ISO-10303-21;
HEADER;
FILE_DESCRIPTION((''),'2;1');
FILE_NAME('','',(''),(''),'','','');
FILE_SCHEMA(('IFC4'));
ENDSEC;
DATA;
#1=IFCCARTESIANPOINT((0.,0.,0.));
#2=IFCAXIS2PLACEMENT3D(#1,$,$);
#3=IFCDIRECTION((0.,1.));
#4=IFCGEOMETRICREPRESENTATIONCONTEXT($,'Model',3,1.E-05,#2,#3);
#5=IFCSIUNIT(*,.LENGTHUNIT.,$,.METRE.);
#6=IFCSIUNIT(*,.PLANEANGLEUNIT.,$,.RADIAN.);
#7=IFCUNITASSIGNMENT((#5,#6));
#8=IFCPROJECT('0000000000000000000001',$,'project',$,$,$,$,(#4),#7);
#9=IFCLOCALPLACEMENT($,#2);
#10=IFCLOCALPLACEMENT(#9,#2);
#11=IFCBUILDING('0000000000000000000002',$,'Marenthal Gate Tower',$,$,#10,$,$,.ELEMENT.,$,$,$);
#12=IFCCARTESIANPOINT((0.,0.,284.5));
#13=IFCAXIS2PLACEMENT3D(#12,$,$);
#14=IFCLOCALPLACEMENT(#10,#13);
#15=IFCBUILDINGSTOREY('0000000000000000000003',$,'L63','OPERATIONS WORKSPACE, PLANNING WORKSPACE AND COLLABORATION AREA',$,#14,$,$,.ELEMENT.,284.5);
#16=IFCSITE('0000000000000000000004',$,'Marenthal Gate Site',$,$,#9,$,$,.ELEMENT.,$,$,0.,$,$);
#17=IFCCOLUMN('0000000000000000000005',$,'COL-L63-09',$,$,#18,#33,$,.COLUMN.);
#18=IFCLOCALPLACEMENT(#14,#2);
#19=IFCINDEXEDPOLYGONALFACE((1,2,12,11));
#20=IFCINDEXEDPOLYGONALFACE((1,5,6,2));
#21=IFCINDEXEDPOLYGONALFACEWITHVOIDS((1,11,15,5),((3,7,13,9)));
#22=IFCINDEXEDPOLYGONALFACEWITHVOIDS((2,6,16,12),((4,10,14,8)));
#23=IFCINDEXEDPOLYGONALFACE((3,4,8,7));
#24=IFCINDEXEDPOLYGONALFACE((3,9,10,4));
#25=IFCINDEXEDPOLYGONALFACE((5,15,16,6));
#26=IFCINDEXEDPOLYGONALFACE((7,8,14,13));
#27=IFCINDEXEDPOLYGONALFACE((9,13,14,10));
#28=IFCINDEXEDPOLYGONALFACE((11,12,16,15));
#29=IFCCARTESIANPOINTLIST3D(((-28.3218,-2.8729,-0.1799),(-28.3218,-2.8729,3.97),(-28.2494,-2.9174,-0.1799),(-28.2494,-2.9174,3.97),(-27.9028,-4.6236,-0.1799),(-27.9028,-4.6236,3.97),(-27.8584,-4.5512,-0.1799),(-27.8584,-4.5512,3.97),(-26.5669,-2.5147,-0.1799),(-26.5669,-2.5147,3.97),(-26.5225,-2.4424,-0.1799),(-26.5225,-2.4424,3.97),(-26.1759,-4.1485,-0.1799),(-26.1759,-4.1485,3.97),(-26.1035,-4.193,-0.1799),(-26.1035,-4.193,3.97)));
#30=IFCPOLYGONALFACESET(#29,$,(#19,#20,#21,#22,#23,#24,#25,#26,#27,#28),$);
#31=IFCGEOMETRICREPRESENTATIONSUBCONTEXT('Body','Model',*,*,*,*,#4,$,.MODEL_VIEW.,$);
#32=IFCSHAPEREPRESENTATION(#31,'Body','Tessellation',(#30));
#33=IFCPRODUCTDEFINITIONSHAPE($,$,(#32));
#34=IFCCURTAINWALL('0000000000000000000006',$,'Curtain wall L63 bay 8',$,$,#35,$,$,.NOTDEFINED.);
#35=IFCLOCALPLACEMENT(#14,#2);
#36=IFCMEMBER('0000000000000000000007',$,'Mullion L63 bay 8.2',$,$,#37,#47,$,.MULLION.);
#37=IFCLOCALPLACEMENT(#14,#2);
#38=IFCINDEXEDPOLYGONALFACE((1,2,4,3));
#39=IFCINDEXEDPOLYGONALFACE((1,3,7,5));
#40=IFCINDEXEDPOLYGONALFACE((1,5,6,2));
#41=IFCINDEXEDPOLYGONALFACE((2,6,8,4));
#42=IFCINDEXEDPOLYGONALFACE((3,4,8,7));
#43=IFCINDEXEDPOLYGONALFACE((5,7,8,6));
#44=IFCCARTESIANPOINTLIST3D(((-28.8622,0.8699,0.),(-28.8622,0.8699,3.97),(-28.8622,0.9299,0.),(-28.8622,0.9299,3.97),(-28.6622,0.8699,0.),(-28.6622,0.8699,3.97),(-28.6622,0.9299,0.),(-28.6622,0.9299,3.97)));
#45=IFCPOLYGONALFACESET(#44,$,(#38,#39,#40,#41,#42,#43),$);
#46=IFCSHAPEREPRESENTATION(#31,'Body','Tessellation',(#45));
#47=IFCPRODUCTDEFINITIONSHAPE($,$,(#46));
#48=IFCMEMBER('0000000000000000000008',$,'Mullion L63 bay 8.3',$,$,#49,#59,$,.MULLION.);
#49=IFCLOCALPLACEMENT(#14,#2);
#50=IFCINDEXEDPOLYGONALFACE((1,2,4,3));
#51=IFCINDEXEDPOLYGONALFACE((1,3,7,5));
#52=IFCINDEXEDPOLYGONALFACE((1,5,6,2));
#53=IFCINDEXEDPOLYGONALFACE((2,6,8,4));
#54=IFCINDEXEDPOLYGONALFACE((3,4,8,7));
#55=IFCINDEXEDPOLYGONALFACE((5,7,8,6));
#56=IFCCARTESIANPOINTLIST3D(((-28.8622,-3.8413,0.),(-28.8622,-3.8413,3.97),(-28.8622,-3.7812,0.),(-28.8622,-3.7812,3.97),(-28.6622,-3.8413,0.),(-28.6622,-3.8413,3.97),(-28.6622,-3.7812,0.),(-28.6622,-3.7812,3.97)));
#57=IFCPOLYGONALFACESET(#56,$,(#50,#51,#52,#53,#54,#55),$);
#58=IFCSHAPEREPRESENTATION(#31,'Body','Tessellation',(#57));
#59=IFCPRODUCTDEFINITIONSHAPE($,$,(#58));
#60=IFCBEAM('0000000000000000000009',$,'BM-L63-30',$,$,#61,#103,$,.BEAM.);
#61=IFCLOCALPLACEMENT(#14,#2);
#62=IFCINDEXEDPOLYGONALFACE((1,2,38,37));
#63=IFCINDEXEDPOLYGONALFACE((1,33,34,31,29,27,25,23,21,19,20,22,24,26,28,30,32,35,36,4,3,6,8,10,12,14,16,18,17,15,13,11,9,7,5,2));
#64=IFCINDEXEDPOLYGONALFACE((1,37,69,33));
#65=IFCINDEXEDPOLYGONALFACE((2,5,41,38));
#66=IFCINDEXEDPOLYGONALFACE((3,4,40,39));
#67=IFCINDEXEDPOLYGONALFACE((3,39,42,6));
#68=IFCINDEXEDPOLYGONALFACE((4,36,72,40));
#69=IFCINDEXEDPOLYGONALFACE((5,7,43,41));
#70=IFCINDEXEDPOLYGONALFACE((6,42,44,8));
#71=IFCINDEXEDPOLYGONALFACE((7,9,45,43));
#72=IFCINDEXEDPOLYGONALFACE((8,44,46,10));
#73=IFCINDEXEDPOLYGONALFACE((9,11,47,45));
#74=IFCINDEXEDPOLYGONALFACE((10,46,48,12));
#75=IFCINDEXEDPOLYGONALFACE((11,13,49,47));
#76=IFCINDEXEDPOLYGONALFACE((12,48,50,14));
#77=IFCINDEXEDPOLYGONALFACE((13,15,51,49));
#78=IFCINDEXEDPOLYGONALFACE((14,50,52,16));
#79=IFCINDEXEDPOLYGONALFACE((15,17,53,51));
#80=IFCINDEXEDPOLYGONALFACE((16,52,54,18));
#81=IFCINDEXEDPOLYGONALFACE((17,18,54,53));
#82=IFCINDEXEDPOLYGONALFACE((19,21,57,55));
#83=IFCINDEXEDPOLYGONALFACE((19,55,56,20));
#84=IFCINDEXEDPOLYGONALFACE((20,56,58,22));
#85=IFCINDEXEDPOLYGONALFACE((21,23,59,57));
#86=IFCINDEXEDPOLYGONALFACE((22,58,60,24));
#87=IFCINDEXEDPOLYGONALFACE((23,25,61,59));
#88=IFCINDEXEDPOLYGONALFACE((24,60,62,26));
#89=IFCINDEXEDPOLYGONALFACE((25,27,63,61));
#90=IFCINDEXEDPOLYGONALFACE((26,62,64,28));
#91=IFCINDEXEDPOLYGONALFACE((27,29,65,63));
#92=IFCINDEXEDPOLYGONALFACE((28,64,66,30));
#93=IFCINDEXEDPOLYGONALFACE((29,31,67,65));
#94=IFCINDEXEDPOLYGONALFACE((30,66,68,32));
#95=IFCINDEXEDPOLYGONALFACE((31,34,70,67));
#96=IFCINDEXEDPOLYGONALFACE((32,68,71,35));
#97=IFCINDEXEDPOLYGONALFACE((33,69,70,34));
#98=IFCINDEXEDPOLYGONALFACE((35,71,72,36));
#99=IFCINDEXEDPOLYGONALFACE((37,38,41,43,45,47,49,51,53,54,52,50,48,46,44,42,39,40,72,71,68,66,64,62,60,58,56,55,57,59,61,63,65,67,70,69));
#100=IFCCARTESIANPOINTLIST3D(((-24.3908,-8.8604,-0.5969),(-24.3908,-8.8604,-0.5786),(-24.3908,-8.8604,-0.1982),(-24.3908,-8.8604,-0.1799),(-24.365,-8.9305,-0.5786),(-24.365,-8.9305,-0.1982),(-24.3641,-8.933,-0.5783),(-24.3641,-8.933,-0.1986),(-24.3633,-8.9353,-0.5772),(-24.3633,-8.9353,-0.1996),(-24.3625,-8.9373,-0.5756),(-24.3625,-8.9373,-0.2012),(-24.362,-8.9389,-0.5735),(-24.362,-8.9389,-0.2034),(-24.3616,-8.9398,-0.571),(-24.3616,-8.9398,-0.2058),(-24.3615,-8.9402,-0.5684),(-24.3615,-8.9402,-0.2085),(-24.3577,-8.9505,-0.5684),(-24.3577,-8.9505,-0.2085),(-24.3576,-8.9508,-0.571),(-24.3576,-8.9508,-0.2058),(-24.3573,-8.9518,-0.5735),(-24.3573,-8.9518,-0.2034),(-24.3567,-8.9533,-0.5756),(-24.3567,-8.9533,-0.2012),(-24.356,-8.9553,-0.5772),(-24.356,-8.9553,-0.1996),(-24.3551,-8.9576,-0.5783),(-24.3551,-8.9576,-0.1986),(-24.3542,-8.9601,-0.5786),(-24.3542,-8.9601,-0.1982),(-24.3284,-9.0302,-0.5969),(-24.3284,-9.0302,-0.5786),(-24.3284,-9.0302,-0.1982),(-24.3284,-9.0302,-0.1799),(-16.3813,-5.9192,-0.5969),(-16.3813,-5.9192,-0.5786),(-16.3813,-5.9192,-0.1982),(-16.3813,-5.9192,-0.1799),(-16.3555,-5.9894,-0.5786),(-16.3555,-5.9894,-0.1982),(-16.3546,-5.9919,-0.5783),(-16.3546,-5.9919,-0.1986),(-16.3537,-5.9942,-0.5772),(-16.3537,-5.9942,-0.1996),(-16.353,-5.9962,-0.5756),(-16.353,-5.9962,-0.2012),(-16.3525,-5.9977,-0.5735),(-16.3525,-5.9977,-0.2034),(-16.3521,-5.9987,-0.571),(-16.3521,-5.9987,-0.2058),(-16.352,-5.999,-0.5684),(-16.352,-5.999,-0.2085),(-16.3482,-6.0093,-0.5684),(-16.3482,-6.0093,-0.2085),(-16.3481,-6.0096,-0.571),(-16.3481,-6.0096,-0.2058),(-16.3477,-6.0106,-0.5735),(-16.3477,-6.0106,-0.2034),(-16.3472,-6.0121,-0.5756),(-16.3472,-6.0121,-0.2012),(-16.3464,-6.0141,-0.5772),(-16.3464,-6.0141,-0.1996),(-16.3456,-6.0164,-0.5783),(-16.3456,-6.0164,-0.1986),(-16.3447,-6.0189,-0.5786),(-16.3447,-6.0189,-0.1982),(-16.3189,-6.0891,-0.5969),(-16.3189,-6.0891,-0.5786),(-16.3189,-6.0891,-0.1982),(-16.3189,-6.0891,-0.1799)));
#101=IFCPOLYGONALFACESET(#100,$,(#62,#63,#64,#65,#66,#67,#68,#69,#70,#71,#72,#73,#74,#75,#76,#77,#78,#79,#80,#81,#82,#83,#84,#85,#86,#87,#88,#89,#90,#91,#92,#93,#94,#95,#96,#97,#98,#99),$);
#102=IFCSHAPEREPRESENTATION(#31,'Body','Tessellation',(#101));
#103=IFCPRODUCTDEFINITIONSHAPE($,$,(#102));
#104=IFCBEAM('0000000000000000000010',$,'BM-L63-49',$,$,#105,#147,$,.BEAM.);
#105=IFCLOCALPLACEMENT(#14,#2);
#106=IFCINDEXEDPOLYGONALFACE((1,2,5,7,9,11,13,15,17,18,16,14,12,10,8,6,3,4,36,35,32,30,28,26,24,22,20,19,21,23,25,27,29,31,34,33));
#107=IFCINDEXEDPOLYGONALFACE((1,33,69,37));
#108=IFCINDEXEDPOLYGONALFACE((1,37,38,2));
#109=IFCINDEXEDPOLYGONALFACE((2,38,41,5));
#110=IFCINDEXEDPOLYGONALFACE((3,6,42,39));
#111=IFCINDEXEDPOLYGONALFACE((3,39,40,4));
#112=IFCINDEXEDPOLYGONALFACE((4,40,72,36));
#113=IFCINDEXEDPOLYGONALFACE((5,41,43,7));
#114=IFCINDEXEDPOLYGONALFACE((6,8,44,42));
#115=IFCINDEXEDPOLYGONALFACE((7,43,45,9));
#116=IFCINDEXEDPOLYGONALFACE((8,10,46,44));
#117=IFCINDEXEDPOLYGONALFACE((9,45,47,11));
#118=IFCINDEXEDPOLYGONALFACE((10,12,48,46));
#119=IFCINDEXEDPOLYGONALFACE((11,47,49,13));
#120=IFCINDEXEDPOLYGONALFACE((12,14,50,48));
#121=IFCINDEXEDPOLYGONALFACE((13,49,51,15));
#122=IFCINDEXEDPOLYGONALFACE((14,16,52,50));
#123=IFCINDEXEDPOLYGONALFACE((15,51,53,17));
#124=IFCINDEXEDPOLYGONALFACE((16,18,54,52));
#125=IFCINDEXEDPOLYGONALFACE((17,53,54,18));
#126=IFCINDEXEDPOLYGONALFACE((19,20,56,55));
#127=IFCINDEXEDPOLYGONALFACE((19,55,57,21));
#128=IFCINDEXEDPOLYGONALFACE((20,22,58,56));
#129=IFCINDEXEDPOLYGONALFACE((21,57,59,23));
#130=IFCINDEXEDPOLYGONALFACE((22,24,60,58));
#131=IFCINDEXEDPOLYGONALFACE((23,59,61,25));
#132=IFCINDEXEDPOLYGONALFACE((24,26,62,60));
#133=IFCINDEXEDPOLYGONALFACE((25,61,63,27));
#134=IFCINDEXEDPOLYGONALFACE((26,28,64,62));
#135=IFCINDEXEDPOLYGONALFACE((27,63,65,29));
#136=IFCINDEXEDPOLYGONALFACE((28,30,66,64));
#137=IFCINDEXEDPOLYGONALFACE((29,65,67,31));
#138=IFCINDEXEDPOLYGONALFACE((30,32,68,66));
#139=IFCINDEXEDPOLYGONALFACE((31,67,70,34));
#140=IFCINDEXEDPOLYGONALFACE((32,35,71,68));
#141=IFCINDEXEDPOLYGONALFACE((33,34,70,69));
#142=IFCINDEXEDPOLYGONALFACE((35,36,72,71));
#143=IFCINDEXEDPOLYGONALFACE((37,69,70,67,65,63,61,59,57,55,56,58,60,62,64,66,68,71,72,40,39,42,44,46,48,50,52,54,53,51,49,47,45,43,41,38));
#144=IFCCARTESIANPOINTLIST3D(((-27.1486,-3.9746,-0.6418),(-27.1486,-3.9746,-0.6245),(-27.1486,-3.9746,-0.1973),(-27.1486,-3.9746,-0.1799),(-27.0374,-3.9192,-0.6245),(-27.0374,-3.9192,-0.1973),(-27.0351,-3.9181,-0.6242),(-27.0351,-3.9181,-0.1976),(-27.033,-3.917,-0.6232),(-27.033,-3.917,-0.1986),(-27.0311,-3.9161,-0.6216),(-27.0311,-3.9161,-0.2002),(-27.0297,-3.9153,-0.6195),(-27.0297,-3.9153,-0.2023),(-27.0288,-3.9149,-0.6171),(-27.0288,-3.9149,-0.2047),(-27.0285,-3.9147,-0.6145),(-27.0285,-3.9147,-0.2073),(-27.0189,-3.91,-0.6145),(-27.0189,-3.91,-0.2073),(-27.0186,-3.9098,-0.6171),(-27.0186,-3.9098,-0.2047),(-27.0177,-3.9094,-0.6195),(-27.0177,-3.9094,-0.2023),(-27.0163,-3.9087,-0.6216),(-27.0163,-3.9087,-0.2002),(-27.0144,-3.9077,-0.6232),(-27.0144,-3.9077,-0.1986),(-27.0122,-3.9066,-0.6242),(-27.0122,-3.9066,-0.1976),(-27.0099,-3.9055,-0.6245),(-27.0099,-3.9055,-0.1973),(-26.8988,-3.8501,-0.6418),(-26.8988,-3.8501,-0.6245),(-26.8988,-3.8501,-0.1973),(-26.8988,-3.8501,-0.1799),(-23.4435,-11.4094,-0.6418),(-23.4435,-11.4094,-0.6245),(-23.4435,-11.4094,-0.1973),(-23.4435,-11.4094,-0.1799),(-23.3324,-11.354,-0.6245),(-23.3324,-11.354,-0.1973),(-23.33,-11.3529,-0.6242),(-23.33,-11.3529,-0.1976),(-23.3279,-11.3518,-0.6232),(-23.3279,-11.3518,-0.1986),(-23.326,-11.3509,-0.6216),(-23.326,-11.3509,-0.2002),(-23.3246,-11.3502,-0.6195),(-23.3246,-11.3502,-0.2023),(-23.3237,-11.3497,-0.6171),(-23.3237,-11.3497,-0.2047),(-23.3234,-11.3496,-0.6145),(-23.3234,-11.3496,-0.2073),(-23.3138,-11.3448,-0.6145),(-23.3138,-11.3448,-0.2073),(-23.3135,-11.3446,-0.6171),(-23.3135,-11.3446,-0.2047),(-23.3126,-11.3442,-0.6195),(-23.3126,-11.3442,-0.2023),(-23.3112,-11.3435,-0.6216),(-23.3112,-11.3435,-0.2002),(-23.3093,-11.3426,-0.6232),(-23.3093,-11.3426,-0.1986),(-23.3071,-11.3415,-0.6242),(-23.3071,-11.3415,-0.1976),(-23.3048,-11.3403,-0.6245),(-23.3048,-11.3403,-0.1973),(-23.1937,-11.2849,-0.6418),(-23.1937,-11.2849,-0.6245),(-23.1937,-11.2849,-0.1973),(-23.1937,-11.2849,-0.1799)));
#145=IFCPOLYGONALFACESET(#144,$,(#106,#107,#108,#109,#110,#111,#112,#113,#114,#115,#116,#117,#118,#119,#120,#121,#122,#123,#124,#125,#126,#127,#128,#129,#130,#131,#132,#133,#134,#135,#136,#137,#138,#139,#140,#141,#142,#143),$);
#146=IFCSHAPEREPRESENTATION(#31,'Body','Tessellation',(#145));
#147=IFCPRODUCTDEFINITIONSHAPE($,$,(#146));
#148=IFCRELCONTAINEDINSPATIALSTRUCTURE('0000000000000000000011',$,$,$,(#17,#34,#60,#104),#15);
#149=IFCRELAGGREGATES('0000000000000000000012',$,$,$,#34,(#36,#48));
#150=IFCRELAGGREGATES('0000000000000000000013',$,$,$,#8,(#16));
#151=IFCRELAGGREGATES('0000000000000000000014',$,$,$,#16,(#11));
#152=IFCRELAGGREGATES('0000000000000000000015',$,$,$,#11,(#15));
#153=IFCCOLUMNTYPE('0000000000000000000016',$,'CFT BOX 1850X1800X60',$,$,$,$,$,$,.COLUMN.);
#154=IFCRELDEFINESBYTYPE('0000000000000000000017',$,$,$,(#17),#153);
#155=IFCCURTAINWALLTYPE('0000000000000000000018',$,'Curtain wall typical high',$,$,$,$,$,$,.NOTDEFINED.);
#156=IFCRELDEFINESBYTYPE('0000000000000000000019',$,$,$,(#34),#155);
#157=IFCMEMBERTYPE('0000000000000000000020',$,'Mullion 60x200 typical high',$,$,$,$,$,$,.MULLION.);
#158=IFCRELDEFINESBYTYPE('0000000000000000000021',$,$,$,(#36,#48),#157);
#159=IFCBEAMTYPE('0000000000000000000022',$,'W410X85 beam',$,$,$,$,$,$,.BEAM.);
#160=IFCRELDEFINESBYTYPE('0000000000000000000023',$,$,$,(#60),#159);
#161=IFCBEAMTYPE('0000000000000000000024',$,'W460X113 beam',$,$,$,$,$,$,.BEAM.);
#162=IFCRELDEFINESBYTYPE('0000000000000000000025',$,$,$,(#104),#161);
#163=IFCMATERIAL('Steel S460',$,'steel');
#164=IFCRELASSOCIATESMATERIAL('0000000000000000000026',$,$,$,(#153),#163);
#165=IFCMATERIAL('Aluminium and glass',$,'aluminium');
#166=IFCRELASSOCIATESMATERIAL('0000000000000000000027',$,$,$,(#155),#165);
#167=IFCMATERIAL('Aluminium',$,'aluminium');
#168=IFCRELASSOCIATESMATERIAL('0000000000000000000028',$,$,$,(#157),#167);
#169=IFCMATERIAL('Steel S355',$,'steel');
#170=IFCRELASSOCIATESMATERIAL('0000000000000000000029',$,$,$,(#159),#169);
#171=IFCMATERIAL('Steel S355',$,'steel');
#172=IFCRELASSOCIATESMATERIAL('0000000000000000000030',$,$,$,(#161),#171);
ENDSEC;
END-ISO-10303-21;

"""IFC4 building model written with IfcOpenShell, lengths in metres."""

from ifc_helpers import new_model, si_unit, direction, frame, origin, origin_2d, place, context, subcontext, project, spatial, rectangle, hollow_rectangle, i_section, extrude, material, material_profile, profile_set, type_object, element, aggregate, save


model = new_model("IFC4")

# Units and contexts
model_context = context("Model", 3, precision=1e-05, world=origin(), true_north=direction((0.0, 1.0)))
body_context = subcontext(model_context, "Body", "Model", "MODEL_VIEW")
ifc_project = project(units=[si_unit("LENGTHUNIT", "METRE"), si_unit("PLANEANGLEUNIT", "RADIAN")], contexts=[model_context])

# Site, building, storey
site_placement = place(None, origin())
site = spatial("IfcSite", under=ifc_project, at=site_placement, Name="Marenthal Gate Site", CompositionType="ELEMENT", RefElevation=0.0)
building_placement = place(site_placement, origin())
building = spatial("IfcBuilding", under=site, at=building_placement, Name="Marenthal Gate Tower", CompositionType="ELEMENT")
storey_placement = place(building_placement, frame((0.0, 0.0, 284.5)))
storey = spatial("IfcBuildingStorey", under=building, at=storey_placement, Name="L63", Description="OPERATIONS WORKSPACE, PLANNING WORKSPACE AND COLLABORATION AREA", CompositionType="ELEMENT", Elevation=284.5)

# Column
ifc_material_1 = material(Name="Steel S460", Category="steel")
ifc_material_profile_1 = material_profile(ifc_material_1, hollow_rectangle(XDim=1.8, YDim=1.8501, WallThickness=0.0601, at=origin_2d()), Name="CFT BOX 1850X1800X60")
ifc_material_2 = material(Name="Concrete 70 MPa", Category="concrete")
ifc_material_profile_2 = material_profile(ifc_material_2, rectangle(XDim=1.6799, YDim=1.73, at=origin_2d()), Name="CFT BOX 1850X1800X60 INFILL")
ifc_profile_set_1 = profile_set([ifc_material_profile_1, ifc_material_profile_2], Name="Steel S460 shell, Concrete 70 MPa infill")
column_type = type_object("IfcColumnType", Name="CFT BOX 1850X1800X60", PredefinedType="COLUMN", material=ifc_profile_set_1)
column_placement = place(storey_placement, frame((-27.2126, -3.533, -0.1799), z_axis=(0.0, 0.0, 1.0), x_axis=(-0.232739, 0.972539, 0.0)))
element("IfcColumn", 1, at=column_placement, inside=storey, type_object=column_type, Name="COL-L63-09", PredefinedType="COLUMN", context=body_context, shape_type="SweptSolid", body=[
    extrude(hollow_rectangle(XDim=1.8, YDim=1.8501, WallThickness=0.0601, at=origin_2d()), origin(), (0.0, 0.0, 1.0), 4.1499),
])

# Curtain wall, members
ifc_material_3 = material(Name="Aluminium and glass", Category="aluminium")
curtain_wall_type = type_object("IfcCurtainWallType", Name="Curtain wall typical high", PredefinedType="NOTDEFINED", material=ifc_material_3)
curtain_wall_placement = place(storey_placement, origin())
curtain_wall = element("IfcCurtainWall", 2, at=curtain_wall_placement, inside=storey, type_object=curtain_wall_type, Name="Curtain wall L63 bay 8", PredefinedType="NOTDEFINED")
ifc_material_4 = material(Name="Aluminium", Category="aluminium")
ifc_material_profile_3 = material_profile(ifc_material_4, rectangle(XDim=0.2, YDim=0.0601, at=origin_2d()), Name="60x200 aluminium mullion")
ifc_profile_set_2 = profile_set([ifc_material_profile_3], Name="Aluminium")
member_type = type_object("IfcMemberType", Name="Mullion 60x200 typical high", PredefinedType="MULLION", material=ifc_profile_set_2)
member_1_placement = place(storey_placement, frame((-28.7622, 0.8999, 0.0), z_axis=(0.0, 0.0, 1.0), x_axis=(1.0, 0.0, 0.0)))
member_1 = element("IfcMember", 3, at=member_1_placement, type_object=member_type, Name="Mullion L63 bay 8.2", PredefinedType="MULLION", context=body_context, shape_type="SweptSolid", body=[
    extrude(rectangle(XDim=0.2, YDim=0.0601, at=origin_2d()), origin(), (0.0, 0.0, 1.0), 3.97),
])
member_2_placement = place(storey_placement, frame((-28.7622, -3.8113, 0.0), z_axis=(0.0, 0.0, 1.0), x_axis=(1.0, 0.0, 0.0)))
member_2 = element("IfcMember", 4, at=member_2_placement, type_object=member_type, Name="Mullion L63 bay 8.3", PredefinedType="MULLION", context=body_context, shape_type="SweptSolid", body=[
    extrude(rectangle(XDim=0.2, YDim=0.0601, at=origin_2d()), origin(), (0.0, 0.0, 1.0), 3.97),
])

# Beams
ifc_material_5 = material(Name="Steel S355", Category="steel")
ifc_material_profile_4 = material_profile(ifc_material_5, i_section(OverallWidth=0.1809, OverallDepth=0.417, WebThickness=0.011, FlangeThickness=0.0183, FilletRadius=0.0103, at=origin_2d()), Name="W410X85")
ifc_profile_set_3 = profile_set([ifc_material_profile_4], Name="Steel S355")
beam_type_1 = type_object("IfcBeamType", Name="W410X85 beam", PredefinedType="BEAM", material=ifc_profile_set_3)
beam_1_placement = place(storey_placement, frame((-24.3596, -8.9453, -0.3884), z_axis=(0.938712, 0.344703, 0.0), x_axis=(-0.344703, 0.938712, 0.0)))
element("IfcBeam", 5, at=beam_1_placement, inside=storey, type_object=beam_type_1, Name="BM-L63-30", PredefinedType="BEAM", context=body_context, shape_type="SweptSolid", body=[
    extrude(i_section(OverallWidth=0.1809, OverallDepth=0.417, WebThickness=0.011, FlangeThickness=0.0183, FilletRadius=0.0103, at=origin_2d()), origin(), (0.0, 0.0, 1.0), 8.5325),
])
ifc_material_6 = material(Name="Steel S355", Category="steel")
ifc_material_profile_5 = material_profile(ifc_material_6, i_section(OverallWidth=0.2791, OverallDepth=0.4619, WebThickness=0.0107, FlangeThickness=0.0173, FilletRadius=0.01, at=origin_2d()), Name="W460X113")
ifc_profile_set_4 = profile_set([ifc_material_profile_5], Name="Steel S355")
beam_type_2 = type_object("IfcBeamType", Name="W460X113 beam", PredefinedType="BEAM", material=ifc_profile_set_4)
beam_2_placement = place(storey_placement, frame((-27.0237, -3.9124, -0.4109), z_axis=(0.446026, -0.89502, 0.0), x_axis=(0.89502, 0.446026, 0.0)))
element("IfcBeam", 6, at=beam_2_placement, inside=storey, type_object=beam_type_2, Name="BM-L63-49", PredefinedType="BEAM", context=body_context, shape_type="SweptSolid", body=[
    extrude(i_section(OverallWidth=0.2791, OverallDepth=0.4619, WebThickness=0.0107, FlangeThickness=0.0173, FilletRadius=0.01, at=origin_2d()), origin(), (0.0, 0.0, 1.0), 8.3069),
])

aggregate(curtain_wall, [member_1, member_2])

save(model, "model.ifc")
